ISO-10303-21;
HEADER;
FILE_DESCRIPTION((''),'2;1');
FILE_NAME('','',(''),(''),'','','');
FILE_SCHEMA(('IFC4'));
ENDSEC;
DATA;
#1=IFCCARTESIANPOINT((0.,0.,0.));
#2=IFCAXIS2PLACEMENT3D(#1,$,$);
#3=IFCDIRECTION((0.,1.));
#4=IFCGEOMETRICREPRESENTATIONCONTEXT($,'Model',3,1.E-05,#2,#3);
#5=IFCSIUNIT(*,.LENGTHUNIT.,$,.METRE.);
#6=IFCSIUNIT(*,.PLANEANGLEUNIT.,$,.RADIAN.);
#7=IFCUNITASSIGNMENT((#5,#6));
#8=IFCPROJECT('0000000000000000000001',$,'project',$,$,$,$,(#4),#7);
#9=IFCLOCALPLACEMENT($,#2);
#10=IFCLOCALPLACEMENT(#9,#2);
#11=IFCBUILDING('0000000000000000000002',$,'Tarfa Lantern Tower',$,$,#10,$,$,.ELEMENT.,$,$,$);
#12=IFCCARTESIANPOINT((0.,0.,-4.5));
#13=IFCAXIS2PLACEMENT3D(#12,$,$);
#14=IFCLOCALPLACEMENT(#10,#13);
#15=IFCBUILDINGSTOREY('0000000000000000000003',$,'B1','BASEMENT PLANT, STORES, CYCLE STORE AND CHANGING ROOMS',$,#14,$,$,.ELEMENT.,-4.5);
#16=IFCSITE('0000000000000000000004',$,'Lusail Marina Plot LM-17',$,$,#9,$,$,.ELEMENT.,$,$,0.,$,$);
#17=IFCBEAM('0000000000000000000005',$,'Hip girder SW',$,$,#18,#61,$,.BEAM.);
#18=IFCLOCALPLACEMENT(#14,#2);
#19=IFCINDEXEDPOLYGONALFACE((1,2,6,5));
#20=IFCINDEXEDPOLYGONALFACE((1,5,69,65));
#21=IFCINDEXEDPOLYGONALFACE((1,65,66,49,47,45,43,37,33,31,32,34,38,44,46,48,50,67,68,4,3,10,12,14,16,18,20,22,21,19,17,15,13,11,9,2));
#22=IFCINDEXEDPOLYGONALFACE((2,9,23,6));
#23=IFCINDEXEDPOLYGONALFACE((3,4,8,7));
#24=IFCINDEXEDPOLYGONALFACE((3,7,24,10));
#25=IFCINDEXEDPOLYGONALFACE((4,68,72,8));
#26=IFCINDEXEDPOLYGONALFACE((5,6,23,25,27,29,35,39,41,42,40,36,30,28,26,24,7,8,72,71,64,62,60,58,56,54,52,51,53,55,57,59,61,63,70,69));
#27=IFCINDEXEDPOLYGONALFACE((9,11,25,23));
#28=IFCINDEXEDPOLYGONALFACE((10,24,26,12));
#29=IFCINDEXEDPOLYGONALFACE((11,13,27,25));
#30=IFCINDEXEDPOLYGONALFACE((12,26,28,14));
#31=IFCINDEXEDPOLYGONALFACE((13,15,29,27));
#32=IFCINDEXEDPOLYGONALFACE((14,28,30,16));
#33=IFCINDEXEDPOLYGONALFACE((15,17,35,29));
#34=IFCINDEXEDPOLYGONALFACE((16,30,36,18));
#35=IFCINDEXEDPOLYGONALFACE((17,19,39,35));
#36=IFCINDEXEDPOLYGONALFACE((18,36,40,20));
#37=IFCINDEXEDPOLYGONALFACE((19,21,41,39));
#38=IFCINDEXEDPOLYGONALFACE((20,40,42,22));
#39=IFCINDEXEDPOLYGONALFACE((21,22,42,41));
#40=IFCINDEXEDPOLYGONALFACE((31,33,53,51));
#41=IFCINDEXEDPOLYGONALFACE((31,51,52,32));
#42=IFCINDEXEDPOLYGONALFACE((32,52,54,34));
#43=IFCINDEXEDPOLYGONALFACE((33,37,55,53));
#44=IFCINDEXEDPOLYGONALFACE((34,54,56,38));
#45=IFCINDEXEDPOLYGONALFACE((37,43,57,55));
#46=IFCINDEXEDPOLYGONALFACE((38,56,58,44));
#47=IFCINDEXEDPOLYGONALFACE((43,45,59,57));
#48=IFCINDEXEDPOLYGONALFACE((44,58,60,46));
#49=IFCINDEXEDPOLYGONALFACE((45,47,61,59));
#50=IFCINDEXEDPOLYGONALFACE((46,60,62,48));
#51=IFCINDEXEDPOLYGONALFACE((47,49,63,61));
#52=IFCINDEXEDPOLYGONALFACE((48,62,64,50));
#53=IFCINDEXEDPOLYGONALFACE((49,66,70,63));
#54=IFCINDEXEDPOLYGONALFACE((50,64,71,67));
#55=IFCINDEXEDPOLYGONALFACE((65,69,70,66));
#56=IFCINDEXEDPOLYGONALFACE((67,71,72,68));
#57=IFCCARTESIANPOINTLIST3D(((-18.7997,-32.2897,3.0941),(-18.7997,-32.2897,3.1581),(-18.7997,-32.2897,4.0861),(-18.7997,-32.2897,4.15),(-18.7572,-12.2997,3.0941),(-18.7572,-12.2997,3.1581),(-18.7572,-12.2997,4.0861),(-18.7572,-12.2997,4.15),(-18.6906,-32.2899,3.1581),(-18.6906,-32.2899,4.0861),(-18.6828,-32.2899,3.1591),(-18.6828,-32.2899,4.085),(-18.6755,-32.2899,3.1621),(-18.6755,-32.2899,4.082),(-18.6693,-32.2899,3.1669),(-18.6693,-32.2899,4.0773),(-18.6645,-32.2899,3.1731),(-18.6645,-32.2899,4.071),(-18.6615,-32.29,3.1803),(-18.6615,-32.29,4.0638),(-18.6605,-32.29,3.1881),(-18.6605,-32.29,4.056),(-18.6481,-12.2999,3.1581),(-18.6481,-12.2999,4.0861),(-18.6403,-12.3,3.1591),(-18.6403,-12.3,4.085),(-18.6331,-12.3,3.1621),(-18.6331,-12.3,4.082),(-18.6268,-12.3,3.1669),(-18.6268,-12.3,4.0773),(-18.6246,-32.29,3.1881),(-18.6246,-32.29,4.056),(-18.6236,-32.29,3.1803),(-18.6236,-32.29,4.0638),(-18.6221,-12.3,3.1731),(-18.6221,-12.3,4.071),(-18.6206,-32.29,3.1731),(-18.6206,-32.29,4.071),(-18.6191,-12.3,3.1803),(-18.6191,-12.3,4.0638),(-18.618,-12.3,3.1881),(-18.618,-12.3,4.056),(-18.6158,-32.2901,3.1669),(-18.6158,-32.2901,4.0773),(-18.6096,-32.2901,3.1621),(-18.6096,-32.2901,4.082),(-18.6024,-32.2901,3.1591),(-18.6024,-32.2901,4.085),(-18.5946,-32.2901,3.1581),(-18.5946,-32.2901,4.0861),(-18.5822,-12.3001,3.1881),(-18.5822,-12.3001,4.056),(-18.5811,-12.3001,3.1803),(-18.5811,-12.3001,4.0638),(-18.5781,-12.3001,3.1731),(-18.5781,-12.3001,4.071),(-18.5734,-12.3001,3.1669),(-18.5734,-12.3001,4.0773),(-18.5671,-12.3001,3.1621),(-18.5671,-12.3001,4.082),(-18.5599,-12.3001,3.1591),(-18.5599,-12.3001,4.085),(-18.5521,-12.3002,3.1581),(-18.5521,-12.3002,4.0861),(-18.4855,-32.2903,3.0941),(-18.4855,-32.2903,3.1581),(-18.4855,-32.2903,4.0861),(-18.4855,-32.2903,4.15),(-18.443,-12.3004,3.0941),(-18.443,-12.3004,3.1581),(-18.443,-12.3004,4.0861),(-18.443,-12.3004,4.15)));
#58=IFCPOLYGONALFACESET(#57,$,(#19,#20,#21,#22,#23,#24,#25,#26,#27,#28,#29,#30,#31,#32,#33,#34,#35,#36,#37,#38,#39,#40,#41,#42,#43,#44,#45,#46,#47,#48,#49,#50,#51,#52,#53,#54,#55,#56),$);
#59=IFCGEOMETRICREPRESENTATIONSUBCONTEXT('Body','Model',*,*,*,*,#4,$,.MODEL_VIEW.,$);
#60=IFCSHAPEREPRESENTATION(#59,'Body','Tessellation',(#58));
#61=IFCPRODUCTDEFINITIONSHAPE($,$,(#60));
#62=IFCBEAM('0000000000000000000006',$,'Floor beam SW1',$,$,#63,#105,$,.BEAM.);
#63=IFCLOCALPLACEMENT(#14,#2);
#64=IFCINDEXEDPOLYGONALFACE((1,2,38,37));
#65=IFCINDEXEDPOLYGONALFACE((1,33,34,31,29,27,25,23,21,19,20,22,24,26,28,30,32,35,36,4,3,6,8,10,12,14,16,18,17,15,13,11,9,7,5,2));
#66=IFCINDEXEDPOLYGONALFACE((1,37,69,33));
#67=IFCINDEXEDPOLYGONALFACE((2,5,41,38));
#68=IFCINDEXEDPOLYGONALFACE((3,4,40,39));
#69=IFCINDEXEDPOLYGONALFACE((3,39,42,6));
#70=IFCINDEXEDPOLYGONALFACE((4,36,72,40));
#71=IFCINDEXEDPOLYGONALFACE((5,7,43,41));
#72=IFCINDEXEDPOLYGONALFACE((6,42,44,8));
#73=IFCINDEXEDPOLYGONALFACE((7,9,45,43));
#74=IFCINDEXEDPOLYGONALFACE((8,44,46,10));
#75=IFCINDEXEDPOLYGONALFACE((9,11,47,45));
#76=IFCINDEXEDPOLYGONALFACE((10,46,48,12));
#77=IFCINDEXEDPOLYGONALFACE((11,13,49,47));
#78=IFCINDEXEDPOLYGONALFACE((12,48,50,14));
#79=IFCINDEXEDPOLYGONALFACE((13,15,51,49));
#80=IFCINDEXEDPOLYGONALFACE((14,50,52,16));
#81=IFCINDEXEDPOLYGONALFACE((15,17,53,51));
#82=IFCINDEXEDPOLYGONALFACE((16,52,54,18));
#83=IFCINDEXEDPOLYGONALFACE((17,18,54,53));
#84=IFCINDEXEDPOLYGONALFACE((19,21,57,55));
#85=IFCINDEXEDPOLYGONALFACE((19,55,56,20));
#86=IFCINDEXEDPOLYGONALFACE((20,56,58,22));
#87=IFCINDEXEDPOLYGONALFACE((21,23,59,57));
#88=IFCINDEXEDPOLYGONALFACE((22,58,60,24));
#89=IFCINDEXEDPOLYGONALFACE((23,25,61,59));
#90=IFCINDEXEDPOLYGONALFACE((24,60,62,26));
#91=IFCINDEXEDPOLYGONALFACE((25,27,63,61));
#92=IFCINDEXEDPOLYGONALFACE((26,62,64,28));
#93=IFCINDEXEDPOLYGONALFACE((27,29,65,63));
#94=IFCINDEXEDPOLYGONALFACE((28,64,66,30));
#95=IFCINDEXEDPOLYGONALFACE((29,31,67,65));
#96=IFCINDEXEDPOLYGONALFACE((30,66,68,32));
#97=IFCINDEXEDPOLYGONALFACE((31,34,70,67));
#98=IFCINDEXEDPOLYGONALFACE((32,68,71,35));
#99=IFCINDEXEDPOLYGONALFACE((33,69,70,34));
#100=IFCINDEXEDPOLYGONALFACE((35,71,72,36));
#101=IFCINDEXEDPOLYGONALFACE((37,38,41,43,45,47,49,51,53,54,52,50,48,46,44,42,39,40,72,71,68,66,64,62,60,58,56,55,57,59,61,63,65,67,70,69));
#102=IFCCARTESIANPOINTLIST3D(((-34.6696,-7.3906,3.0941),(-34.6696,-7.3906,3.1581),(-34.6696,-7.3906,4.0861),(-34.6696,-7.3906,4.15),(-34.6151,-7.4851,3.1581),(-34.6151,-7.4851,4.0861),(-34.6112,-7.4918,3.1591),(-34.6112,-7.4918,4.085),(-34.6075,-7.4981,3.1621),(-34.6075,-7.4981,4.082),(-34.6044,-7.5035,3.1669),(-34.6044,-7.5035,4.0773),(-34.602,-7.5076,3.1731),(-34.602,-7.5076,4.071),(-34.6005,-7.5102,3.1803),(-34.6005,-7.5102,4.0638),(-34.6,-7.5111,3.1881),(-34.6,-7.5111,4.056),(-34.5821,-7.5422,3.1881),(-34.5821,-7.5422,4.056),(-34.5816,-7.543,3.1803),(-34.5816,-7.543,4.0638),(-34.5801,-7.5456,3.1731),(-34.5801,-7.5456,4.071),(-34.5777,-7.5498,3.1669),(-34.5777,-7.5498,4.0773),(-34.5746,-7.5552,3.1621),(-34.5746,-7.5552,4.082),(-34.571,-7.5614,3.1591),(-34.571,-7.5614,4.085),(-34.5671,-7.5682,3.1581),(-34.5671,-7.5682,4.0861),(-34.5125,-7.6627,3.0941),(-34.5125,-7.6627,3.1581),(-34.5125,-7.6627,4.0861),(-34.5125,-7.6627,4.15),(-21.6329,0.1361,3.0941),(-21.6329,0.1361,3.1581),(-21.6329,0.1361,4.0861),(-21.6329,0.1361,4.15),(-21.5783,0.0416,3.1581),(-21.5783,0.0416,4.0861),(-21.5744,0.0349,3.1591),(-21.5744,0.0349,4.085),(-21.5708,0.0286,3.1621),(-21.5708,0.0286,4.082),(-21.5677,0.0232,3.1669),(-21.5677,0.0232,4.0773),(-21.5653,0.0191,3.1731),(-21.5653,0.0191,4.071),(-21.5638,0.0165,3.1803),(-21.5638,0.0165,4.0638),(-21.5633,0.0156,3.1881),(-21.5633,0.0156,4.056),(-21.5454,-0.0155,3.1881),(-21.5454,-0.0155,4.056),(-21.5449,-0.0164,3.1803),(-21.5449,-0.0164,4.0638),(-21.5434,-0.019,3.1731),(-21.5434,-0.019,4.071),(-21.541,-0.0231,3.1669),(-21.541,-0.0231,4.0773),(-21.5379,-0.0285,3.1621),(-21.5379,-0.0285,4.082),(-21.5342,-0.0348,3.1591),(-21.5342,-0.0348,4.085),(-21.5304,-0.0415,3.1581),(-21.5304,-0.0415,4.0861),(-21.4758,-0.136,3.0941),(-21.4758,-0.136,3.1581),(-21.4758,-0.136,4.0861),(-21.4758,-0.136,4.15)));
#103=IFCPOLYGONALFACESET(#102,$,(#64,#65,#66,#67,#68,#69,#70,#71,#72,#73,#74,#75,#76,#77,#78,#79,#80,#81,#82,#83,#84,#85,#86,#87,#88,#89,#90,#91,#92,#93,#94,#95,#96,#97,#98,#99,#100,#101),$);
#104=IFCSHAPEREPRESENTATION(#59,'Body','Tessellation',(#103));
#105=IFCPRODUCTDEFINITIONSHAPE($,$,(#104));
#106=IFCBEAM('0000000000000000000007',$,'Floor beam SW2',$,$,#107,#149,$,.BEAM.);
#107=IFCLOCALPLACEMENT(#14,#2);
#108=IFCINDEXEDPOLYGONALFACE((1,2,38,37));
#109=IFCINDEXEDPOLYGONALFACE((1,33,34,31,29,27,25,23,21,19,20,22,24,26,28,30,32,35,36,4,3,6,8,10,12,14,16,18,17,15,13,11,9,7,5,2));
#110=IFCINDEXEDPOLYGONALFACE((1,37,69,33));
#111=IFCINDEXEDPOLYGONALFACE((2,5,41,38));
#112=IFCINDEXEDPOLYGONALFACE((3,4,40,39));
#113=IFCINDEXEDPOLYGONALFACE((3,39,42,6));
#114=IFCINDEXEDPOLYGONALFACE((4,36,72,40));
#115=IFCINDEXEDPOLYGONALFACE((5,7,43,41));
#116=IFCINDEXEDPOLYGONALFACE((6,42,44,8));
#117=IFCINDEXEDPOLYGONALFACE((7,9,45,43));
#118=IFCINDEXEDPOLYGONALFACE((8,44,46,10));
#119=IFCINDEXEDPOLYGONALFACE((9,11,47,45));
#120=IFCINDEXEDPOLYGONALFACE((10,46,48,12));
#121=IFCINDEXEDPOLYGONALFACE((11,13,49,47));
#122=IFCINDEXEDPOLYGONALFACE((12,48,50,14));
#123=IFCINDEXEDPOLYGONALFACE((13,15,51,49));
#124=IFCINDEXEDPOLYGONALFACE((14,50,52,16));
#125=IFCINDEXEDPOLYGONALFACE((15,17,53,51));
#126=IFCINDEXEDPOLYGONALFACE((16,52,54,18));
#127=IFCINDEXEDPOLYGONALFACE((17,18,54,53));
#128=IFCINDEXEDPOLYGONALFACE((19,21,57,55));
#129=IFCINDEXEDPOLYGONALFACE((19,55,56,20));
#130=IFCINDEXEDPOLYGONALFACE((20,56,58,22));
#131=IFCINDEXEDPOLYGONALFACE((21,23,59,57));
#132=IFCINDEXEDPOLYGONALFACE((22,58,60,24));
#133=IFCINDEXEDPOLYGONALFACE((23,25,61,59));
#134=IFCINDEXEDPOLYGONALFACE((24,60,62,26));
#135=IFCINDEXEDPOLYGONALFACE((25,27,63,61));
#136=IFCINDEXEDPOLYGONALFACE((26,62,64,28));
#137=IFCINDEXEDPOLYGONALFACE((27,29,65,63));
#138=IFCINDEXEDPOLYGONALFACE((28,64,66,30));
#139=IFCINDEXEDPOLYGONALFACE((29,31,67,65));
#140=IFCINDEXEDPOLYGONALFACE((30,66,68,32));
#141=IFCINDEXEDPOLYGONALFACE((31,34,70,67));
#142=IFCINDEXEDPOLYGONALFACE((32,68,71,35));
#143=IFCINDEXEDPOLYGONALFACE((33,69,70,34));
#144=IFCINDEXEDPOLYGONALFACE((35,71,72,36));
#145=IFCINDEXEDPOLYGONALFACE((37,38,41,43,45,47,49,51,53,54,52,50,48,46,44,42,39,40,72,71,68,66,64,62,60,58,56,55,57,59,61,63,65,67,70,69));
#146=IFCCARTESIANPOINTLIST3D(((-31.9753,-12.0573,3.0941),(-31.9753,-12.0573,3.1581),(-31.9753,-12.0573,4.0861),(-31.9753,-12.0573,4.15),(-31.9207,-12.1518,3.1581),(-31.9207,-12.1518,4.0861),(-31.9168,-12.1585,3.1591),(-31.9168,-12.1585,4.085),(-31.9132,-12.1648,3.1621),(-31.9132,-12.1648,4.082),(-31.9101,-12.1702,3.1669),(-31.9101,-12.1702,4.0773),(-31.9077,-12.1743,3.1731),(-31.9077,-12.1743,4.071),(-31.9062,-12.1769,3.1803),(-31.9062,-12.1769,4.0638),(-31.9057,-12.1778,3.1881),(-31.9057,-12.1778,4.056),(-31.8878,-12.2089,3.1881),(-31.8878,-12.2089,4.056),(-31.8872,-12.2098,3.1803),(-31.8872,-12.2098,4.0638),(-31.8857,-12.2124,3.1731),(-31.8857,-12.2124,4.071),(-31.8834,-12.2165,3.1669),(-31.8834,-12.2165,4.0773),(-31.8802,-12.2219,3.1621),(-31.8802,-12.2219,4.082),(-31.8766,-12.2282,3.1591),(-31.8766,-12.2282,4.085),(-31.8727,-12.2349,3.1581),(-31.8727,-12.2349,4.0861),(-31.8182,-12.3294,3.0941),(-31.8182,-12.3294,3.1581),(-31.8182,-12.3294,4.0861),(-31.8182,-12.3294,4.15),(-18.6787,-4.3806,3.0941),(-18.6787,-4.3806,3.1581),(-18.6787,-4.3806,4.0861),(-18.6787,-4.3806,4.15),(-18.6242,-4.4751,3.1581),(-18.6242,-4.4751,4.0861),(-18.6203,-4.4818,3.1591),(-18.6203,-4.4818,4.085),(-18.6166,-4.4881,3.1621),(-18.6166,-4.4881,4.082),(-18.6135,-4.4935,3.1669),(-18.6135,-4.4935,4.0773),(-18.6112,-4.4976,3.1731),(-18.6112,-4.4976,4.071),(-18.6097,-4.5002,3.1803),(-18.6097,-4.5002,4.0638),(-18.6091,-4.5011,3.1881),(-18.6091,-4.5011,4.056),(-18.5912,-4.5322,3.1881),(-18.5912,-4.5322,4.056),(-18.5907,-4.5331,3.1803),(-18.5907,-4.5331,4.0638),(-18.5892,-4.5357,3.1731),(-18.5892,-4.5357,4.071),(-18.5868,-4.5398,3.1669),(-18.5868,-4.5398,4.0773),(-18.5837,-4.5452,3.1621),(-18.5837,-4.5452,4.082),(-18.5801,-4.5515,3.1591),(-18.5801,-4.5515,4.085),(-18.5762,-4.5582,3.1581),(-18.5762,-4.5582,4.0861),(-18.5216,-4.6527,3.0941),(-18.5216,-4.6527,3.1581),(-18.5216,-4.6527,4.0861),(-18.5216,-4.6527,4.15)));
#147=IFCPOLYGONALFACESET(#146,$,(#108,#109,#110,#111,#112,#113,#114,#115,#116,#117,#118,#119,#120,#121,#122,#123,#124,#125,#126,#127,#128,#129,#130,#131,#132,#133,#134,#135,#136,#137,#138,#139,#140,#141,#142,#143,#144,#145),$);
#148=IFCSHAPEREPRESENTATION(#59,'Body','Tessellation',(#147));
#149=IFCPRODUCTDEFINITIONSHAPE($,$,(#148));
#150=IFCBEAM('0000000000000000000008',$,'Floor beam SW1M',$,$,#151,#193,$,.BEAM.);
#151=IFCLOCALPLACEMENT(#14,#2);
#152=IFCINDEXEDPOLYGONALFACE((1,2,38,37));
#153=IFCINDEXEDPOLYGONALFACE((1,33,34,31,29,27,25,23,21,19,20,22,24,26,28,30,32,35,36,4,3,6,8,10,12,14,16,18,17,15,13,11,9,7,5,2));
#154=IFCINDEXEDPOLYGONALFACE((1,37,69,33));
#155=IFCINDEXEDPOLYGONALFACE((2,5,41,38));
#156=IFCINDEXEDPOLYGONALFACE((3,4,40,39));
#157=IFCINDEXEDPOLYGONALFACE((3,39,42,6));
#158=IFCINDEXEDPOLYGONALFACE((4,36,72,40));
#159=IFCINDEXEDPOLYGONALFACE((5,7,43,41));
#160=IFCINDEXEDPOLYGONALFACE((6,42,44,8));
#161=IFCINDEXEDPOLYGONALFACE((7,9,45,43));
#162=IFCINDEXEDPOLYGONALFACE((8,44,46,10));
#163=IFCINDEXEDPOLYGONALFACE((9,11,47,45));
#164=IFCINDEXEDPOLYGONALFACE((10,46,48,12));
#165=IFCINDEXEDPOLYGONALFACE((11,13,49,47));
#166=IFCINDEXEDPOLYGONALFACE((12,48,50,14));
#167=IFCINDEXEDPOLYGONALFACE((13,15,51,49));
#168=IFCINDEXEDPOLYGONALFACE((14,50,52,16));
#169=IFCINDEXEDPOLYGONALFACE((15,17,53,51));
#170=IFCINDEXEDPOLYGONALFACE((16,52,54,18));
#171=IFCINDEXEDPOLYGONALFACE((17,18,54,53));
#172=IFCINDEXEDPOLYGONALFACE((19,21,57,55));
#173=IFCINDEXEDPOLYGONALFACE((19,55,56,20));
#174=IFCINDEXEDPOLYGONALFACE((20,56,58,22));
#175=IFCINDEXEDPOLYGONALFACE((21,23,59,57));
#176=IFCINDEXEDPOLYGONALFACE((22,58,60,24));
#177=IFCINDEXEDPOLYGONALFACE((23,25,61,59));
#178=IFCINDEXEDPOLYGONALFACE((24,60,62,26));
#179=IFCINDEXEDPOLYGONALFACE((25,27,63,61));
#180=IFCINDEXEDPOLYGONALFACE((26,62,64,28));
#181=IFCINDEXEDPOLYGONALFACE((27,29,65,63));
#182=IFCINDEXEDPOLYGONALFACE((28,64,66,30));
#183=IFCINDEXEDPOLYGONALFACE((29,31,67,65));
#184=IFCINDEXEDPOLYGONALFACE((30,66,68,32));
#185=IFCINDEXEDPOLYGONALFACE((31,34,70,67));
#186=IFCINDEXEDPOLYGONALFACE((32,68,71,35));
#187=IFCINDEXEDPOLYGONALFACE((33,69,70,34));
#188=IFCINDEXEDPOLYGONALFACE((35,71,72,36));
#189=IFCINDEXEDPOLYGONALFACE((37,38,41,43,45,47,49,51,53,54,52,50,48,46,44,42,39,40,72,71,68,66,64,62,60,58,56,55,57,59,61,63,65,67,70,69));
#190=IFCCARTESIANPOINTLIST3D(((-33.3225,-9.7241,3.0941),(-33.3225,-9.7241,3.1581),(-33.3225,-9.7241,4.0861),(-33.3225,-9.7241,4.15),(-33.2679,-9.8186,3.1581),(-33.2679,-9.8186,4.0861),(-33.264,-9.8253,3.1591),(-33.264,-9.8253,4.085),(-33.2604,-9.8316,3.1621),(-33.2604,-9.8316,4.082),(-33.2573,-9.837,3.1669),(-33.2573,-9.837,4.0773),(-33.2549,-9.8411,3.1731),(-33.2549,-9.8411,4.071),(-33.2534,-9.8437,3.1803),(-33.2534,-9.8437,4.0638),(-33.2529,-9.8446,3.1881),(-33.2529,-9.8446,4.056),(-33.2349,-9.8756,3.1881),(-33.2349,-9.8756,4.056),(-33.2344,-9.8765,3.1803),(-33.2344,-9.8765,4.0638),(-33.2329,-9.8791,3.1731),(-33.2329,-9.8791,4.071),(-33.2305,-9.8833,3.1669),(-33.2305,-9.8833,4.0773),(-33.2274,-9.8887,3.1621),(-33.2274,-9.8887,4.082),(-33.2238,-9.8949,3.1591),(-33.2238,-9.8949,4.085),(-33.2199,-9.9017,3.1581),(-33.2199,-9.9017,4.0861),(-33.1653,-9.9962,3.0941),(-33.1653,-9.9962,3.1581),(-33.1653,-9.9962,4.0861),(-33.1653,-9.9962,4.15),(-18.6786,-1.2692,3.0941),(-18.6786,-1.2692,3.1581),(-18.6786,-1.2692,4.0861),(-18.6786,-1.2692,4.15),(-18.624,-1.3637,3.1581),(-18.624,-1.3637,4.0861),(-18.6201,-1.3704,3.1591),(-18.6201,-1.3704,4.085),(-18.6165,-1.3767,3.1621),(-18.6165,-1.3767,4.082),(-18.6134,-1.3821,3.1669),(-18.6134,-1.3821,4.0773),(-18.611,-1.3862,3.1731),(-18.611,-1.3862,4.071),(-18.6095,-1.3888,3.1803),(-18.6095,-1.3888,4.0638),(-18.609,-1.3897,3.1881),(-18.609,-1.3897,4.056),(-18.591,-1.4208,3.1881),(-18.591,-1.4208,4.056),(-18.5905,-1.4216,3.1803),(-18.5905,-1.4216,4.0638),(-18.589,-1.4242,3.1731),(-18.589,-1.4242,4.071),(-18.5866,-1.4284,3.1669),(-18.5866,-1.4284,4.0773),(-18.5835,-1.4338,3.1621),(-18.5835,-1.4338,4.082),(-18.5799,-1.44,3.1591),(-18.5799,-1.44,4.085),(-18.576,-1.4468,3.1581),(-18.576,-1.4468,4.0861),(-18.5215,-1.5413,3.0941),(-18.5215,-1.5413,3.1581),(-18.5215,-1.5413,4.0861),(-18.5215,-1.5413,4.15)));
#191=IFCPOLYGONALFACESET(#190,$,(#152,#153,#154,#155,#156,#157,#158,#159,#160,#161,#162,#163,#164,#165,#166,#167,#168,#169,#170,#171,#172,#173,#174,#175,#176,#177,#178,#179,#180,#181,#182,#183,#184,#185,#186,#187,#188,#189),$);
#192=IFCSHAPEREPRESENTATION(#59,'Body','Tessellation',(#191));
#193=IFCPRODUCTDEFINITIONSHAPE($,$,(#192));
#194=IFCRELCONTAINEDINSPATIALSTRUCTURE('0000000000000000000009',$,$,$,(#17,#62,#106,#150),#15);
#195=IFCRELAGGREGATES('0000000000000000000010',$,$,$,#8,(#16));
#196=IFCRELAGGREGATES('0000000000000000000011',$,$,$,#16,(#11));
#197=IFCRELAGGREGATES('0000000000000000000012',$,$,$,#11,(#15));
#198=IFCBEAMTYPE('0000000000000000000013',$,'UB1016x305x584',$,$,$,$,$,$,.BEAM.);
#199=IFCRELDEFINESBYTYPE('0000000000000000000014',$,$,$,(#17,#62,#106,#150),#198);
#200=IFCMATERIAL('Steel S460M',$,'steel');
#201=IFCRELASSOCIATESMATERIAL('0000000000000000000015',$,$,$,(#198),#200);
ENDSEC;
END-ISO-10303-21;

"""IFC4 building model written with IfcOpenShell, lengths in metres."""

from ifc_helpers import new_model, si_unit, direction, frame, origin, origin_2d, place, context, subcontext, project, spatial, i_section, extrude, material, material_profile, profile_set, type_object, element, save


model = new_model("IFC4")

# Units and contexts
model_context = context("Model", 3, precision=1e-05, world=origin(), true_north=direction((0.0, 1.0)))
body_context = subcontext(model_context, "Body", "Model", "MODEL_VIEW")
ifc_project = project(units=[si_unit("LENGTHUNIT", "METRE"), si_unit("PLANEANGLEUNIT", "RADIAN")], contexts=[model_context])

# Site, building, storey
site_placement = place(None, origin())
site = spatial("IfcSite", under=ifc_project, at=site_placement, Name="Lusail Marina Plot LM-17", CompositionType="ELEMENT", RefElevation=0.0)
building_placement = place(site_placement, origin())
building = spatial("IfcBuilding", under=site, at=building_placement, Name="Tarfa Lantern Tower", CompositionType="ELEMENT")
storey_placement = place(building_placement, frame((0.0, 0.0, -4.5)))
storey = spatial("IfcBuildingStorey", under=building, at=storey_placement, Name="B1", Description="BASEMENT PLANT, STORES, CYCLE STORE AND CHANGING ROOMS", CompositionType="ELEMENT", Elevation=-4.5)

# Beams
ifc_material_1 = material(Name="Steel S460M", Category="steel")
ifc_material_profile_1 = material_profile(ifc_material_1, i_section(OverallWidth=0.3142, OverallDepth=1.0559, WebThickness=0.0359, FlangeThickness=0.064, FilletRadius=0.03, at=origin_2d()), Name="UB1016x305x584")
ifc_profile_set_1 = profile_set([ifc_material_profile_1], Name="Steel S460M")
beam_type_1 = type_object("IfcBeamType", Name="UB1016x305x584", PredefinedType="BEAM", material=ifc_profile_set_1)
beam_1_placement = place(storey_placement, frame((-18.6001, -12.3, 3.6221), z_axis=(-0.002125, -0.999998, 0.0), x_axis=(0.999998, -0.002125, 0.0)))
element("IfcBeam", 1, at=beam_1_placement, inside=storey, type_object=beam_type_1, Name="Hip girder SW", PredefinedType="BEAM", context=body_context, shape_type="SweptSolid", body=[
    extrude(i_section(OverallWidth=0.3142, OverallDepth=1.0559, WebThickness=0.0359, FlangeThickness=0.064, FilletRadius=0.03, at=origin_2d()), origin(), (0.0, 0.0, 1.0), 19.99),
])
beam_2_placement = place(storey_placement, frame((-34.5911, -7.5266, 3.6221), z_axis=(0.866028, 0.499996, 0.0), x_axis=(-0.499996, 0.866028, 0.0)))
element("IfcBeam", 2, at=beam_2_placement, inside=storey, type_object=beam_type_1, Name="Floor beam SW1", PredefinedType="BEAM", context=body_context, shape_type="SweptSolid", body=[
    extrude(i_section(OverallWidth=0.3142, OverallDepth=1.0559, WebThickness=0.0359, FlangeThickness=0.064, FilletRadius=0.03, at=origin_2d()), origin(), (0.0, 0.0, 1.0), 15.0535),
])
beam_3_placement = place(storey_placement, frame((-31.8967, -12.1934, 3.6221), z_axis=(0.866027, 0.499997, 0.0), x_axis=(-0.499997, 0.866027, 0.0)))
element("IfcBeam", 3, at=beam_3_placement, inside=storey, type_object=beam_type_1, Name="Floor beam SW2", PredefinedType="BEAM", context=body_context, shape_type="SweptSolid", body=[
    extrude(i_section(OverallWidth=0.3142, OverallDepth=1.0559, WebThickness=0.0359, FlangeThickness=0.064, FilletRadius=0.03, at=origin_2d()), origin(), (0.0, 0.0, 1.0), 15.3535),
])
beam_4_placement = place(storey_placement, frame((-33.2439, -9.8601, 3.6221), z_axis=(0.866019, 0.50001, 0.0), x_axis=(-0.50001, 0.866019, 0.0)))
element("IfcBeam", 4, at=beam_4_placement, inside=storey, type_object=beam_type_1, Name="Floor beam SW1M", PredefinedType="BEAM", context=body_context, shape_type="SweptSolid", body=[
    extrude(i_section(OverallWidth=0.3142, OverallDepth=1.0559, WebThickness=0.0359, FlangeThickness=0.064, FilletRadius=0.03, at=origin_2d()), origin(), (0.0, 0.0, 1.0), 16.9094),
])

save(model, "model.ifc")
